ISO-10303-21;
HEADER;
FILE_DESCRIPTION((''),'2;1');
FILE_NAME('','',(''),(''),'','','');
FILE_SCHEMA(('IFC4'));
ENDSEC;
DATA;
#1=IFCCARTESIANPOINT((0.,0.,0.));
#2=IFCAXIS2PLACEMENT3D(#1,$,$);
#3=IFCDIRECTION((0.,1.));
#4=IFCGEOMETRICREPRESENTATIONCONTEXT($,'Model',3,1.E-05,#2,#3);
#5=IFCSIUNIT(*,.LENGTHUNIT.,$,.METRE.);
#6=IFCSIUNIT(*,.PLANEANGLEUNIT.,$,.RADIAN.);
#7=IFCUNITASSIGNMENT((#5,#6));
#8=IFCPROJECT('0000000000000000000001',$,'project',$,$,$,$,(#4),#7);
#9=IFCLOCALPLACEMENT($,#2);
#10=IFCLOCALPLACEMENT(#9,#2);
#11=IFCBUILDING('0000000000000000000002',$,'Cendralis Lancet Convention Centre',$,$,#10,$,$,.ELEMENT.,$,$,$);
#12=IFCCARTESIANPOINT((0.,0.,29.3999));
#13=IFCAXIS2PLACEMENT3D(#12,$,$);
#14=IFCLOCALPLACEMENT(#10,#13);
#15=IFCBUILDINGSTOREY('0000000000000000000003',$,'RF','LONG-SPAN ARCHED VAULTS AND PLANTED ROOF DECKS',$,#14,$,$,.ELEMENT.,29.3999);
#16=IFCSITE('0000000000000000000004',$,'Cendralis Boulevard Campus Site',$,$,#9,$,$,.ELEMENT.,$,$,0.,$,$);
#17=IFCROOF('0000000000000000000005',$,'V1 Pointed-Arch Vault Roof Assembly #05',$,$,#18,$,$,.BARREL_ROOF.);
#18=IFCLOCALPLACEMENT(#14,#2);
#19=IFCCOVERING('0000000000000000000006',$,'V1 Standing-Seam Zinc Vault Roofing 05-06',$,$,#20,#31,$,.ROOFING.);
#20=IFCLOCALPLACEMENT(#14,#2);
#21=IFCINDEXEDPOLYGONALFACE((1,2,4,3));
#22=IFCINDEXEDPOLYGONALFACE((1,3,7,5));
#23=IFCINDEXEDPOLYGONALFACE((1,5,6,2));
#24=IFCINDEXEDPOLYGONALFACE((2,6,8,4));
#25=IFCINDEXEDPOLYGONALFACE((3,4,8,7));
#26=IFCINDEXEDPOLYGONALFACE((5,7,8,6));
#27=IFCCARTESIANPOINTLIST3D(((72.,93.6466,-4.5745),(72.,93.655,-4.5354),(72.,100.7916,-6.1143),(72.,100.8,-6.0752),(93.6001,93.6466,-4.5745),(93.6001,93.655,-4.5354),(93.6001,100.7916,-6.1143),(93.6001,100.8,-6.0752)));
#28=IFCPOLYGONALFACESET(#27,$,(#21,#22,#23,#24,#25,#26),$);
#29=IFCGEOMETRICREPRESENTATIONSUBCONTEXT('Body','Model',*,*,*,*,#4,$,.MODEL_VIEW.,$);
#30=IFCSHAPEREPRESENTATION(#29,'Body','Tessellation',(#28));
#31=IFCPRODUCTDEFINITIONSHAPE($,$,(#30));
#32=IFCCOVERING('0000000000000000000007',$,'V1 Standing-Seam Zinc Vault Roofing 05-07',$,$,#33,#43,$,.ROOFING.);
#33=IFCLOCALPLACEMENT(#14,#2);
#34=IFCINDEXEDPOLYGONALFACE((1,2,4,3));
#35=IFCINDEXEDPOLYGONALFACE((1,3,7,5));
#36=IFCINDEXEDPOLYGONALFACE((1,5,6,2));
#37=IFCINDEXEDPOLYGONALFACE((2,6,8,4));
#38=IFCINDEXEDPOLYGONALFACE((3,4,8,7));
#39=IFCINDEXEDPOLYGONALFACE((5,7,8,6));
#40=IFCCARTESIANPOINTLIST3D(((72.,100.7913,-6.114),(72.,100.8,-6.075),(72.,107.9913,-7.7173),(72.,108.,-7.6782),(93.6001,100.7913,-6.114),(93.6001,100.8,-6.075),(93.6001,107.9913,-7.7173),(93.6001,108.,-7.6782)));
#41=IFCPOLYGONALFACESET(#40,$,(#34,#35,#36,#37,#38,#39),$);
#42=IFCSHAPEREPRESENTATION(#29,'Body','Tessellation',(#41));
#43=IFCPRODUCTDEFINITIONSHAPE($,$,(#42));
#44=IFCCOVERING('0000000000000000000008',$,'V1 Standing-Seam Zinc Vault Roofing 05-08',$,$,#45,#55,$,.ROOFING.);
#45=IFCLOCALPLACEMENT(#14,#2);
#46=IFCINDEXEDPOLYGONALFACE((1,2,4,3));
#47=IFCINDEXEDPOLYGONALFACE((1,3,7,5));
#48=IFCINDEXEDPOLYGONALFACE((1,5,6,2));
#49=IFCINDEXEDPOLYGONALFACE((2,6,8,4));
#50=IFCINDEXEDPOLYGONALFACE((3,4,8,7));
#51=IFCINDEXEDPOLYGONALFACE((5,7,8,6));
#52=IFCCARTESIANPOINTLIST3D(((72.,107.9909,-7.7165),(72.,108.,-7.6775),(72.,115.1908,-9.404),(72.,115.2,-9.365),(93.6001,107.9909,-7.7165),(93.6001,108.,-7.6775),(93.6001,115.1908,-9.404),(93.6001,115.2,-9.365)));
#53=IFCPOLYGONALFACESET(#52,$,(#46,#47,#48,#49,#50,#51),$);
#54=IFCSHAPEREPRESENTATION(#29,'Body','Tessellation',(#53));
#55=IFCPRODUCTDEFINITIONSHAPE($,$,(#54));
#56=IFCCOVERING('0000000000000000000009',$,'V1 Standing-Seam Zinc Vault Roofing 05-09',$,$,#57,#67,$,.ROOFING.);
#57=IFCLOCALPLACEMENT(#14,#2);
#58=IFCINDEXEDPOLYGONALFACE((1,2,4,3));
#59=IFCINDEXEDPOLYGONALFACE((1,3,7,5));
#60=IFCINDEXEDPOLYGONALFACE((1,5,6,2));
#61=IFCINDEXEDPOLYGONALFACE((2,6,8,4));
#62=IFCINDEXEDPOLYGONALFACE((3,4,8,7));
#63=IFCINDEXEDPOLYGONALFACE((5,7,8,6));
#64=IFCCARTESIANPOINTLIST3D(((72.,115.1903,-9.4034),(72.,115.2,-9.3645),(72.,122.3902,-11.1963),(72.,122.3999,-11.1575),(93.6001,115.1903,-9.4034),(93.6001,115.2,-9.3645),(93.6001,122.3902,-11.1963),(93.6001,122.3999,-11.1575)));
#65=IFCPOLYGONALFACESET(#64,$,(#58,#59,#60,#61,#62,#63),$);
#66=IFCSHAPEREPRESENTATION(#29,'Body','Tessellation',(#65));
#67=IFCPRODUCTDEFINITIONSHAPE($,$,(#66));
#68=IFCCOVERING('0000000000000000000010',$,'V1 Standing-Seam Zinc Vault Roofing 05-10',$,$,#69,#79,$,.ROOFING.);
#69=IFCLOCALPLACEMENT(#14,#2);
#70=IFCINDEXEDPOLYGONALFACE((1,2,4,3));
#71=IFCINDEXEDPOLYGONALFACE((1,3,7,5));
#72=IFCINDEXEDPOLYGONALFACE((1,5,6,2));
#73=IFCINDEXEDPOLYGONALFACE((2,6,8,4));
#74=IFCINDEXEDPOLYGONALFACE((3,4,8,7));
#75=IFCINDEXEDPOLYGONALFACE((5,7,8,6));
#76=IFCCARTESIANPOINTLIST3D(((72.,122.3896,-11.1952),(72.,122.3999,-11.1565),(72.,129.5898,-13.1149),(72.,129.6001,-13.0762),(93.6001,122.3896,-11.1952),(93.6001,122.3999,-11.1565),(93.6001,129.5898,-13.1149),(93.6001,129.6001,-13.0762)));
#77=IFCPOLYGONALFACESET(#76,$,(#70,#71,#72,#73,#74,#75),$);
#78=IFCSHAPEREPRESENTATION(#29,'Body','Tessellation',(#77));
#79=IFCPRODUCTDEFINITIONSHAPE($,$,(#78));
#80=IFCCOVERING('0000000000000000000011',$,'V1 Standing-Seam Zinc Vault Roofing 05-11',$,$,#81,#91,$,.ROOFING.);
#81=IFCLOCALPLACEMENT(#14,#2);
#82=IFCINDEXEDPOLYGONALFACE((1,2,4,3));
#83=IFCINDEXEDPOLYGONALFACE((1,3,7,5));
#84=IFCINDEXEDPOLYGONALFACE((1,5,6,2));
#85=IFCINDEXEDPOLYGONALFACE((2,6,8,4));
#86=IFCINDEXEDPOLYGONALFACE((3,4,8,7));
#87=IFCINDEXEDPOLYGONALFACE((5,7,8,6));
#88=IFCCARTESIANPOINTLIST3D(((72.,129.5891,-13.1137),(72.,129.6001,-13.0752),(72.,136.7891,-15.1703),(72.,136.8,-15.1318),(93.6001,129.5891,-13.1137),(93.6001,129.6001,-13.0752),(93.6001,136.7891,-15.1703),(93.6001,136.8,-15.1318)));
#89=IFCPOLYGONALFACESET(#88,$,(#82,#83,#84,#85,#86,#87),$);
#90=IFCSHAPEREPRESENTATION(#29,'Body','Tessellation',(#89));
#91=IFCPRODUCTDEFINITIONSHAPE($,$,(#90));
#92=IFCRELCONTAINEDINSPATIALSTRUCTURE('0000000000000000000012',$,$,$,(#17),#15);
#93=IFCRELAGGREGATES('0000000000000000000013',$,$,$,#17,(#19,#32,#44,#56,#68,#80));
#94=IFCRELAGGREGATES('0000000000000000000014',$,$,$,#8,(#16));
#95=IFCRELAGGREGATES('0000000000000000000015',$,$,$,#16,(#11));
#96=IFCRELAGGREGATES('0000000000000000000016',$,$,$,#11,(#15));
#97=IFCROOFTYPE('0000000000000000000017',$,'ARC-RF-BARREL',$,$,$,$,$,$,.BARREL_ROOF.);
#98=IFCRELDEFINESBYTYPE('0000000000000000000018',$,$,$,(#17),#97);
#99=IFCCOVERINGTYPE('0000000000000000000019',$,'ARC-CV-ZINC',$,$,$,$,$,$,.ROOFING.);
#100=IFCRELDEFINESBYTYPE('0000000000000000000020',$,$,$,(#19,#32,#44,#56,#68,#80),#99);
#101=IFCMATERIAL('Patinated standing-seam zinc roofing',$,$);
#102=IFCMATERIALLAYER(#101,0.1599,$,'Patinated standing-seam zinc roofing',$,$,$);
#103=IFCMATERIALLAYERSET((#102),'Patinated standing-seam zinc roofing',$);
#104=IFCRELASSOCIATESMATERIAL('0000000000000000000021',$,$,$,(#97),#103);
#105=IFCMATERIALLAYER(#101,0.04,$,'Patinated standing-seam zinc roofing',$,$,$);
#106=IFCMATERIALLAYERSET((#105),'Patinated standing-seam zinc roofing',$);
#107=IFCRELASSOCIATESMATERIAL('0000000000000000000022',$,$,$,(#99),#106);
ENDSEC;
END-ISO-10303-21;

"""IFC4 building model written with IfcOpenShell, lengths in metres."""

from ifc_helpers import new_model, si_unit, direction, frame, origin, place, context, subcontext, project, spatial, polyline, outline, extrude, material, layer, layer_set, type_object, element, aggregate, save


model = new_model("IFC4")

# Units and contexts
model_context = context("Model", 3, precision=1e-05, world=origin(), true_north=direction((0.0, 1.0)))
body_context = subcontext(model_context, "Body", "Model", "MODEL_VIEW")
ifc_project = project(units=[si_unit("LENGTHUNIT", "METRE"), si_unit("PLANEANGLEUNIT", "RADIAN")], contexts=[model_context])

# Site, building, storey
site_placement = place(None, origin())
site = spatial("IfcSite", under=ifc_project, at=site_placement, Name="Cendralis Boulevard Campus Site", CompositionType="ELEMENT", RefElevation=0.0)
building_placement = place(site_placement, origin())
building = spatial("IfcBuilding", under=site, at=building_placement, Name="Cendralis Lancet Convention Centre", CompositionType="ELEMENT")
storey_placement = place(building_placement, frame((0.0, 0.0, 29.3999)))
storey = spatial("IfcBuildingStorey", under=building, at=storey_placement, Name="RF", Description="LONG-SPAN ARCHED VAULTS AND PLANTED ROOF DECKS", CompositionType="ELEMENT", Elevation=29.3999)

# Roof, coverings
ifc_material_1 = material(Name="Patinated standing-seam zinc roofing")
ifc_layer_1 = layer(ifc_material_1, 0.1599, Name="Patinated standing-seam zinc roofing")
ifc_layer_set_1 = layer_set([ifc_layer_1], Name="Patinated standing-seam zinc roofing")
roof_type = type_object("IfcRoofType", Name="ARC-RF-BARREL", PredefinedType="BARREL_ROOF", material=ifc_layer_set_1)
ifc_layer_2 = layer(ifc_material_1, 0.04, Name="Patinated standing-seam zinc roofing")
ifc_layer_set_2 = layer_set([ifc_layer_2], Name="Patinated standing-seam zinc roofing")
covering_type = type_object("IfcCoveringType", Name="ARC-CV-ZINC", PredefinedType="ROOFING", material=ifc_layer_set_2)
roof_1_placement = place(storey_placement, origin())
roof_1 = element("IfcRoof", 1, at=roof_1_placement, inside=storey, type_object=roof_type, Name="V1 Pointed-Arch Vault Roof Assembly #05", PredefinedType="BARREL_ROOF")
covering_1_placement = place(storey_placement, frame((72.0, 93.655, -4.5354), z_axis=(0.0, 0.21067, 0.977557), x_axis=(1.0, 0.0, 0.0)))
covering_1 = element("IfcCovering", 2, at=covering_1_placement, type_object=covering_type, Name="V1 Standing-Seam Zinc Vault Roofing 05-06", PredefinedType="ROOFING", context=body_context, shape_type="SweptSolid", body=[
    extrude(outline(polyline([(0.0, 0.0), (21.6001, 0.0), (21.6001, 7.3091), (0.0, 7.3091), (0.0, 0.0)])), origin(), (0.0, 0.0, -1.0), 0.04),
])
covering_2_placement = place(storey_placement, frame((72.0, 100.8, -6.075), z_axis=(0.0, 0.217354, 0.976093), x_axis=(1.0, 0.0, 0.0)))
covering_2 = element("IfcCovering", 3, at=covering_2_placement, type_object=covering_type, Name="V1 Standing-Seam Zinc Vault Roofing 05-07", PredefinedType="ROOFING", context=body_context, shape_type="SweptSolid", body=[
    extrude(outline(polyline([(0.0, 0.0), (21.6001, 0.0), (21.6001, 7.3763), (0.0, 7.3763), (0.0, 0.0)])), origin(), (0.0, 0.0, -1.0), 0.04),
])
covering_3_placement = place(storey_placement, frame((72.0, 108.0, -7.6775), z_axis=(0.0, 0.228193, 0.973616), x_axis=(1.0, 0.0, 0.0)))
covering_3 = element("IfcCovering", 4, at=covering_3_placement, type_object=covering_type, Name="V1 Standing-Seam Zinc Vault Roofing 05-08", PredefinedType="ROOFING", context=body_context, shape_type="SweptSolid", body=[
    extrude(outline(polyline([(0.0, 0.0), (21.6001, 0.0), (21.6001, 7.3951), (0.0, 7.3951), (0.0, 0.0)])), origin(), (0.0, 0.0, -1.0), 0.04),
])
covering_4_placement = place(storey_placement, frame((72.0, 115.2, -9.3645), z_axis=(0.0, 0.241645, 0.970365), x_axis=(1.0, 0.0, 0.0)))
covering_4 = element("IfcCovering", 5, at=covering_4_placement, type_object=covering_type, Name="V1 Standing-Seam Zinc Vault Roofing 05-09", PredefinedType="ROOFING", context=body_context, shape_type="SweptSolid", body=[
    extrude(outline(polyline([(0.0, 0.0), (21.6001, 0.0), (21.6001, 7.4198), (0.0, 7.4198), (0.0, 0.0)])), origin(), (0.0, 0.0, -1.0), 0.04),
])
covering_5_placement = place(storey_placement, frame((72.0, 122.3999, -11.1565), z_axis=(0.0, 0.257616, 0.966247), x_axis=(1.0, 0.0, 0.0)))
covering_5 = element("IfcCovering", 6, at=covering_5_placement, type_object=covering_type, Name="V1 Standing-Seam Zinc Vault Roofing 05-10", PredefinedType="ROOFING", context=body_context, shape_type="SweptSolid", body=[
    extrude(outline(polyline([(0.0, 0.0), (21.6001, 0.0), (21.6001, 7.4517), (0.0, 7.4517), (0.0, 0.0)])), origin(), (0.0, 0.0, -1.0), 0.04),
])
covering_6_placement = place(storey_placement, frame((72.0, 129.6001, -13.0752), z_axis=(0.0, 0.274661, 0.961541), x_axis=(1.0, 0.0, 0.0)))
covering_6 = element("IfcCovering", 7, at=covering_6_placement, type_object=covering_type, Name="V1 Standing-Seam Zinc Vault Roofing 05-11", PredefinedType="ROOFING", context=body_context, shape_type="SweptSolid", body=[
    extrude(outline(polyline([(0.0, 0.0), (21.6001, 0.0), (21.6001, 7.4879), (0.0, 7.4879), (0.0, 0.0)])), origin(), (0.0, 0.0, -1.0), 0.04),
])
aggregate(roof_1, [covering_1, covering_2, covering_3, covering_4, covering_5, covering_6])

save(model, "model.ifc")
